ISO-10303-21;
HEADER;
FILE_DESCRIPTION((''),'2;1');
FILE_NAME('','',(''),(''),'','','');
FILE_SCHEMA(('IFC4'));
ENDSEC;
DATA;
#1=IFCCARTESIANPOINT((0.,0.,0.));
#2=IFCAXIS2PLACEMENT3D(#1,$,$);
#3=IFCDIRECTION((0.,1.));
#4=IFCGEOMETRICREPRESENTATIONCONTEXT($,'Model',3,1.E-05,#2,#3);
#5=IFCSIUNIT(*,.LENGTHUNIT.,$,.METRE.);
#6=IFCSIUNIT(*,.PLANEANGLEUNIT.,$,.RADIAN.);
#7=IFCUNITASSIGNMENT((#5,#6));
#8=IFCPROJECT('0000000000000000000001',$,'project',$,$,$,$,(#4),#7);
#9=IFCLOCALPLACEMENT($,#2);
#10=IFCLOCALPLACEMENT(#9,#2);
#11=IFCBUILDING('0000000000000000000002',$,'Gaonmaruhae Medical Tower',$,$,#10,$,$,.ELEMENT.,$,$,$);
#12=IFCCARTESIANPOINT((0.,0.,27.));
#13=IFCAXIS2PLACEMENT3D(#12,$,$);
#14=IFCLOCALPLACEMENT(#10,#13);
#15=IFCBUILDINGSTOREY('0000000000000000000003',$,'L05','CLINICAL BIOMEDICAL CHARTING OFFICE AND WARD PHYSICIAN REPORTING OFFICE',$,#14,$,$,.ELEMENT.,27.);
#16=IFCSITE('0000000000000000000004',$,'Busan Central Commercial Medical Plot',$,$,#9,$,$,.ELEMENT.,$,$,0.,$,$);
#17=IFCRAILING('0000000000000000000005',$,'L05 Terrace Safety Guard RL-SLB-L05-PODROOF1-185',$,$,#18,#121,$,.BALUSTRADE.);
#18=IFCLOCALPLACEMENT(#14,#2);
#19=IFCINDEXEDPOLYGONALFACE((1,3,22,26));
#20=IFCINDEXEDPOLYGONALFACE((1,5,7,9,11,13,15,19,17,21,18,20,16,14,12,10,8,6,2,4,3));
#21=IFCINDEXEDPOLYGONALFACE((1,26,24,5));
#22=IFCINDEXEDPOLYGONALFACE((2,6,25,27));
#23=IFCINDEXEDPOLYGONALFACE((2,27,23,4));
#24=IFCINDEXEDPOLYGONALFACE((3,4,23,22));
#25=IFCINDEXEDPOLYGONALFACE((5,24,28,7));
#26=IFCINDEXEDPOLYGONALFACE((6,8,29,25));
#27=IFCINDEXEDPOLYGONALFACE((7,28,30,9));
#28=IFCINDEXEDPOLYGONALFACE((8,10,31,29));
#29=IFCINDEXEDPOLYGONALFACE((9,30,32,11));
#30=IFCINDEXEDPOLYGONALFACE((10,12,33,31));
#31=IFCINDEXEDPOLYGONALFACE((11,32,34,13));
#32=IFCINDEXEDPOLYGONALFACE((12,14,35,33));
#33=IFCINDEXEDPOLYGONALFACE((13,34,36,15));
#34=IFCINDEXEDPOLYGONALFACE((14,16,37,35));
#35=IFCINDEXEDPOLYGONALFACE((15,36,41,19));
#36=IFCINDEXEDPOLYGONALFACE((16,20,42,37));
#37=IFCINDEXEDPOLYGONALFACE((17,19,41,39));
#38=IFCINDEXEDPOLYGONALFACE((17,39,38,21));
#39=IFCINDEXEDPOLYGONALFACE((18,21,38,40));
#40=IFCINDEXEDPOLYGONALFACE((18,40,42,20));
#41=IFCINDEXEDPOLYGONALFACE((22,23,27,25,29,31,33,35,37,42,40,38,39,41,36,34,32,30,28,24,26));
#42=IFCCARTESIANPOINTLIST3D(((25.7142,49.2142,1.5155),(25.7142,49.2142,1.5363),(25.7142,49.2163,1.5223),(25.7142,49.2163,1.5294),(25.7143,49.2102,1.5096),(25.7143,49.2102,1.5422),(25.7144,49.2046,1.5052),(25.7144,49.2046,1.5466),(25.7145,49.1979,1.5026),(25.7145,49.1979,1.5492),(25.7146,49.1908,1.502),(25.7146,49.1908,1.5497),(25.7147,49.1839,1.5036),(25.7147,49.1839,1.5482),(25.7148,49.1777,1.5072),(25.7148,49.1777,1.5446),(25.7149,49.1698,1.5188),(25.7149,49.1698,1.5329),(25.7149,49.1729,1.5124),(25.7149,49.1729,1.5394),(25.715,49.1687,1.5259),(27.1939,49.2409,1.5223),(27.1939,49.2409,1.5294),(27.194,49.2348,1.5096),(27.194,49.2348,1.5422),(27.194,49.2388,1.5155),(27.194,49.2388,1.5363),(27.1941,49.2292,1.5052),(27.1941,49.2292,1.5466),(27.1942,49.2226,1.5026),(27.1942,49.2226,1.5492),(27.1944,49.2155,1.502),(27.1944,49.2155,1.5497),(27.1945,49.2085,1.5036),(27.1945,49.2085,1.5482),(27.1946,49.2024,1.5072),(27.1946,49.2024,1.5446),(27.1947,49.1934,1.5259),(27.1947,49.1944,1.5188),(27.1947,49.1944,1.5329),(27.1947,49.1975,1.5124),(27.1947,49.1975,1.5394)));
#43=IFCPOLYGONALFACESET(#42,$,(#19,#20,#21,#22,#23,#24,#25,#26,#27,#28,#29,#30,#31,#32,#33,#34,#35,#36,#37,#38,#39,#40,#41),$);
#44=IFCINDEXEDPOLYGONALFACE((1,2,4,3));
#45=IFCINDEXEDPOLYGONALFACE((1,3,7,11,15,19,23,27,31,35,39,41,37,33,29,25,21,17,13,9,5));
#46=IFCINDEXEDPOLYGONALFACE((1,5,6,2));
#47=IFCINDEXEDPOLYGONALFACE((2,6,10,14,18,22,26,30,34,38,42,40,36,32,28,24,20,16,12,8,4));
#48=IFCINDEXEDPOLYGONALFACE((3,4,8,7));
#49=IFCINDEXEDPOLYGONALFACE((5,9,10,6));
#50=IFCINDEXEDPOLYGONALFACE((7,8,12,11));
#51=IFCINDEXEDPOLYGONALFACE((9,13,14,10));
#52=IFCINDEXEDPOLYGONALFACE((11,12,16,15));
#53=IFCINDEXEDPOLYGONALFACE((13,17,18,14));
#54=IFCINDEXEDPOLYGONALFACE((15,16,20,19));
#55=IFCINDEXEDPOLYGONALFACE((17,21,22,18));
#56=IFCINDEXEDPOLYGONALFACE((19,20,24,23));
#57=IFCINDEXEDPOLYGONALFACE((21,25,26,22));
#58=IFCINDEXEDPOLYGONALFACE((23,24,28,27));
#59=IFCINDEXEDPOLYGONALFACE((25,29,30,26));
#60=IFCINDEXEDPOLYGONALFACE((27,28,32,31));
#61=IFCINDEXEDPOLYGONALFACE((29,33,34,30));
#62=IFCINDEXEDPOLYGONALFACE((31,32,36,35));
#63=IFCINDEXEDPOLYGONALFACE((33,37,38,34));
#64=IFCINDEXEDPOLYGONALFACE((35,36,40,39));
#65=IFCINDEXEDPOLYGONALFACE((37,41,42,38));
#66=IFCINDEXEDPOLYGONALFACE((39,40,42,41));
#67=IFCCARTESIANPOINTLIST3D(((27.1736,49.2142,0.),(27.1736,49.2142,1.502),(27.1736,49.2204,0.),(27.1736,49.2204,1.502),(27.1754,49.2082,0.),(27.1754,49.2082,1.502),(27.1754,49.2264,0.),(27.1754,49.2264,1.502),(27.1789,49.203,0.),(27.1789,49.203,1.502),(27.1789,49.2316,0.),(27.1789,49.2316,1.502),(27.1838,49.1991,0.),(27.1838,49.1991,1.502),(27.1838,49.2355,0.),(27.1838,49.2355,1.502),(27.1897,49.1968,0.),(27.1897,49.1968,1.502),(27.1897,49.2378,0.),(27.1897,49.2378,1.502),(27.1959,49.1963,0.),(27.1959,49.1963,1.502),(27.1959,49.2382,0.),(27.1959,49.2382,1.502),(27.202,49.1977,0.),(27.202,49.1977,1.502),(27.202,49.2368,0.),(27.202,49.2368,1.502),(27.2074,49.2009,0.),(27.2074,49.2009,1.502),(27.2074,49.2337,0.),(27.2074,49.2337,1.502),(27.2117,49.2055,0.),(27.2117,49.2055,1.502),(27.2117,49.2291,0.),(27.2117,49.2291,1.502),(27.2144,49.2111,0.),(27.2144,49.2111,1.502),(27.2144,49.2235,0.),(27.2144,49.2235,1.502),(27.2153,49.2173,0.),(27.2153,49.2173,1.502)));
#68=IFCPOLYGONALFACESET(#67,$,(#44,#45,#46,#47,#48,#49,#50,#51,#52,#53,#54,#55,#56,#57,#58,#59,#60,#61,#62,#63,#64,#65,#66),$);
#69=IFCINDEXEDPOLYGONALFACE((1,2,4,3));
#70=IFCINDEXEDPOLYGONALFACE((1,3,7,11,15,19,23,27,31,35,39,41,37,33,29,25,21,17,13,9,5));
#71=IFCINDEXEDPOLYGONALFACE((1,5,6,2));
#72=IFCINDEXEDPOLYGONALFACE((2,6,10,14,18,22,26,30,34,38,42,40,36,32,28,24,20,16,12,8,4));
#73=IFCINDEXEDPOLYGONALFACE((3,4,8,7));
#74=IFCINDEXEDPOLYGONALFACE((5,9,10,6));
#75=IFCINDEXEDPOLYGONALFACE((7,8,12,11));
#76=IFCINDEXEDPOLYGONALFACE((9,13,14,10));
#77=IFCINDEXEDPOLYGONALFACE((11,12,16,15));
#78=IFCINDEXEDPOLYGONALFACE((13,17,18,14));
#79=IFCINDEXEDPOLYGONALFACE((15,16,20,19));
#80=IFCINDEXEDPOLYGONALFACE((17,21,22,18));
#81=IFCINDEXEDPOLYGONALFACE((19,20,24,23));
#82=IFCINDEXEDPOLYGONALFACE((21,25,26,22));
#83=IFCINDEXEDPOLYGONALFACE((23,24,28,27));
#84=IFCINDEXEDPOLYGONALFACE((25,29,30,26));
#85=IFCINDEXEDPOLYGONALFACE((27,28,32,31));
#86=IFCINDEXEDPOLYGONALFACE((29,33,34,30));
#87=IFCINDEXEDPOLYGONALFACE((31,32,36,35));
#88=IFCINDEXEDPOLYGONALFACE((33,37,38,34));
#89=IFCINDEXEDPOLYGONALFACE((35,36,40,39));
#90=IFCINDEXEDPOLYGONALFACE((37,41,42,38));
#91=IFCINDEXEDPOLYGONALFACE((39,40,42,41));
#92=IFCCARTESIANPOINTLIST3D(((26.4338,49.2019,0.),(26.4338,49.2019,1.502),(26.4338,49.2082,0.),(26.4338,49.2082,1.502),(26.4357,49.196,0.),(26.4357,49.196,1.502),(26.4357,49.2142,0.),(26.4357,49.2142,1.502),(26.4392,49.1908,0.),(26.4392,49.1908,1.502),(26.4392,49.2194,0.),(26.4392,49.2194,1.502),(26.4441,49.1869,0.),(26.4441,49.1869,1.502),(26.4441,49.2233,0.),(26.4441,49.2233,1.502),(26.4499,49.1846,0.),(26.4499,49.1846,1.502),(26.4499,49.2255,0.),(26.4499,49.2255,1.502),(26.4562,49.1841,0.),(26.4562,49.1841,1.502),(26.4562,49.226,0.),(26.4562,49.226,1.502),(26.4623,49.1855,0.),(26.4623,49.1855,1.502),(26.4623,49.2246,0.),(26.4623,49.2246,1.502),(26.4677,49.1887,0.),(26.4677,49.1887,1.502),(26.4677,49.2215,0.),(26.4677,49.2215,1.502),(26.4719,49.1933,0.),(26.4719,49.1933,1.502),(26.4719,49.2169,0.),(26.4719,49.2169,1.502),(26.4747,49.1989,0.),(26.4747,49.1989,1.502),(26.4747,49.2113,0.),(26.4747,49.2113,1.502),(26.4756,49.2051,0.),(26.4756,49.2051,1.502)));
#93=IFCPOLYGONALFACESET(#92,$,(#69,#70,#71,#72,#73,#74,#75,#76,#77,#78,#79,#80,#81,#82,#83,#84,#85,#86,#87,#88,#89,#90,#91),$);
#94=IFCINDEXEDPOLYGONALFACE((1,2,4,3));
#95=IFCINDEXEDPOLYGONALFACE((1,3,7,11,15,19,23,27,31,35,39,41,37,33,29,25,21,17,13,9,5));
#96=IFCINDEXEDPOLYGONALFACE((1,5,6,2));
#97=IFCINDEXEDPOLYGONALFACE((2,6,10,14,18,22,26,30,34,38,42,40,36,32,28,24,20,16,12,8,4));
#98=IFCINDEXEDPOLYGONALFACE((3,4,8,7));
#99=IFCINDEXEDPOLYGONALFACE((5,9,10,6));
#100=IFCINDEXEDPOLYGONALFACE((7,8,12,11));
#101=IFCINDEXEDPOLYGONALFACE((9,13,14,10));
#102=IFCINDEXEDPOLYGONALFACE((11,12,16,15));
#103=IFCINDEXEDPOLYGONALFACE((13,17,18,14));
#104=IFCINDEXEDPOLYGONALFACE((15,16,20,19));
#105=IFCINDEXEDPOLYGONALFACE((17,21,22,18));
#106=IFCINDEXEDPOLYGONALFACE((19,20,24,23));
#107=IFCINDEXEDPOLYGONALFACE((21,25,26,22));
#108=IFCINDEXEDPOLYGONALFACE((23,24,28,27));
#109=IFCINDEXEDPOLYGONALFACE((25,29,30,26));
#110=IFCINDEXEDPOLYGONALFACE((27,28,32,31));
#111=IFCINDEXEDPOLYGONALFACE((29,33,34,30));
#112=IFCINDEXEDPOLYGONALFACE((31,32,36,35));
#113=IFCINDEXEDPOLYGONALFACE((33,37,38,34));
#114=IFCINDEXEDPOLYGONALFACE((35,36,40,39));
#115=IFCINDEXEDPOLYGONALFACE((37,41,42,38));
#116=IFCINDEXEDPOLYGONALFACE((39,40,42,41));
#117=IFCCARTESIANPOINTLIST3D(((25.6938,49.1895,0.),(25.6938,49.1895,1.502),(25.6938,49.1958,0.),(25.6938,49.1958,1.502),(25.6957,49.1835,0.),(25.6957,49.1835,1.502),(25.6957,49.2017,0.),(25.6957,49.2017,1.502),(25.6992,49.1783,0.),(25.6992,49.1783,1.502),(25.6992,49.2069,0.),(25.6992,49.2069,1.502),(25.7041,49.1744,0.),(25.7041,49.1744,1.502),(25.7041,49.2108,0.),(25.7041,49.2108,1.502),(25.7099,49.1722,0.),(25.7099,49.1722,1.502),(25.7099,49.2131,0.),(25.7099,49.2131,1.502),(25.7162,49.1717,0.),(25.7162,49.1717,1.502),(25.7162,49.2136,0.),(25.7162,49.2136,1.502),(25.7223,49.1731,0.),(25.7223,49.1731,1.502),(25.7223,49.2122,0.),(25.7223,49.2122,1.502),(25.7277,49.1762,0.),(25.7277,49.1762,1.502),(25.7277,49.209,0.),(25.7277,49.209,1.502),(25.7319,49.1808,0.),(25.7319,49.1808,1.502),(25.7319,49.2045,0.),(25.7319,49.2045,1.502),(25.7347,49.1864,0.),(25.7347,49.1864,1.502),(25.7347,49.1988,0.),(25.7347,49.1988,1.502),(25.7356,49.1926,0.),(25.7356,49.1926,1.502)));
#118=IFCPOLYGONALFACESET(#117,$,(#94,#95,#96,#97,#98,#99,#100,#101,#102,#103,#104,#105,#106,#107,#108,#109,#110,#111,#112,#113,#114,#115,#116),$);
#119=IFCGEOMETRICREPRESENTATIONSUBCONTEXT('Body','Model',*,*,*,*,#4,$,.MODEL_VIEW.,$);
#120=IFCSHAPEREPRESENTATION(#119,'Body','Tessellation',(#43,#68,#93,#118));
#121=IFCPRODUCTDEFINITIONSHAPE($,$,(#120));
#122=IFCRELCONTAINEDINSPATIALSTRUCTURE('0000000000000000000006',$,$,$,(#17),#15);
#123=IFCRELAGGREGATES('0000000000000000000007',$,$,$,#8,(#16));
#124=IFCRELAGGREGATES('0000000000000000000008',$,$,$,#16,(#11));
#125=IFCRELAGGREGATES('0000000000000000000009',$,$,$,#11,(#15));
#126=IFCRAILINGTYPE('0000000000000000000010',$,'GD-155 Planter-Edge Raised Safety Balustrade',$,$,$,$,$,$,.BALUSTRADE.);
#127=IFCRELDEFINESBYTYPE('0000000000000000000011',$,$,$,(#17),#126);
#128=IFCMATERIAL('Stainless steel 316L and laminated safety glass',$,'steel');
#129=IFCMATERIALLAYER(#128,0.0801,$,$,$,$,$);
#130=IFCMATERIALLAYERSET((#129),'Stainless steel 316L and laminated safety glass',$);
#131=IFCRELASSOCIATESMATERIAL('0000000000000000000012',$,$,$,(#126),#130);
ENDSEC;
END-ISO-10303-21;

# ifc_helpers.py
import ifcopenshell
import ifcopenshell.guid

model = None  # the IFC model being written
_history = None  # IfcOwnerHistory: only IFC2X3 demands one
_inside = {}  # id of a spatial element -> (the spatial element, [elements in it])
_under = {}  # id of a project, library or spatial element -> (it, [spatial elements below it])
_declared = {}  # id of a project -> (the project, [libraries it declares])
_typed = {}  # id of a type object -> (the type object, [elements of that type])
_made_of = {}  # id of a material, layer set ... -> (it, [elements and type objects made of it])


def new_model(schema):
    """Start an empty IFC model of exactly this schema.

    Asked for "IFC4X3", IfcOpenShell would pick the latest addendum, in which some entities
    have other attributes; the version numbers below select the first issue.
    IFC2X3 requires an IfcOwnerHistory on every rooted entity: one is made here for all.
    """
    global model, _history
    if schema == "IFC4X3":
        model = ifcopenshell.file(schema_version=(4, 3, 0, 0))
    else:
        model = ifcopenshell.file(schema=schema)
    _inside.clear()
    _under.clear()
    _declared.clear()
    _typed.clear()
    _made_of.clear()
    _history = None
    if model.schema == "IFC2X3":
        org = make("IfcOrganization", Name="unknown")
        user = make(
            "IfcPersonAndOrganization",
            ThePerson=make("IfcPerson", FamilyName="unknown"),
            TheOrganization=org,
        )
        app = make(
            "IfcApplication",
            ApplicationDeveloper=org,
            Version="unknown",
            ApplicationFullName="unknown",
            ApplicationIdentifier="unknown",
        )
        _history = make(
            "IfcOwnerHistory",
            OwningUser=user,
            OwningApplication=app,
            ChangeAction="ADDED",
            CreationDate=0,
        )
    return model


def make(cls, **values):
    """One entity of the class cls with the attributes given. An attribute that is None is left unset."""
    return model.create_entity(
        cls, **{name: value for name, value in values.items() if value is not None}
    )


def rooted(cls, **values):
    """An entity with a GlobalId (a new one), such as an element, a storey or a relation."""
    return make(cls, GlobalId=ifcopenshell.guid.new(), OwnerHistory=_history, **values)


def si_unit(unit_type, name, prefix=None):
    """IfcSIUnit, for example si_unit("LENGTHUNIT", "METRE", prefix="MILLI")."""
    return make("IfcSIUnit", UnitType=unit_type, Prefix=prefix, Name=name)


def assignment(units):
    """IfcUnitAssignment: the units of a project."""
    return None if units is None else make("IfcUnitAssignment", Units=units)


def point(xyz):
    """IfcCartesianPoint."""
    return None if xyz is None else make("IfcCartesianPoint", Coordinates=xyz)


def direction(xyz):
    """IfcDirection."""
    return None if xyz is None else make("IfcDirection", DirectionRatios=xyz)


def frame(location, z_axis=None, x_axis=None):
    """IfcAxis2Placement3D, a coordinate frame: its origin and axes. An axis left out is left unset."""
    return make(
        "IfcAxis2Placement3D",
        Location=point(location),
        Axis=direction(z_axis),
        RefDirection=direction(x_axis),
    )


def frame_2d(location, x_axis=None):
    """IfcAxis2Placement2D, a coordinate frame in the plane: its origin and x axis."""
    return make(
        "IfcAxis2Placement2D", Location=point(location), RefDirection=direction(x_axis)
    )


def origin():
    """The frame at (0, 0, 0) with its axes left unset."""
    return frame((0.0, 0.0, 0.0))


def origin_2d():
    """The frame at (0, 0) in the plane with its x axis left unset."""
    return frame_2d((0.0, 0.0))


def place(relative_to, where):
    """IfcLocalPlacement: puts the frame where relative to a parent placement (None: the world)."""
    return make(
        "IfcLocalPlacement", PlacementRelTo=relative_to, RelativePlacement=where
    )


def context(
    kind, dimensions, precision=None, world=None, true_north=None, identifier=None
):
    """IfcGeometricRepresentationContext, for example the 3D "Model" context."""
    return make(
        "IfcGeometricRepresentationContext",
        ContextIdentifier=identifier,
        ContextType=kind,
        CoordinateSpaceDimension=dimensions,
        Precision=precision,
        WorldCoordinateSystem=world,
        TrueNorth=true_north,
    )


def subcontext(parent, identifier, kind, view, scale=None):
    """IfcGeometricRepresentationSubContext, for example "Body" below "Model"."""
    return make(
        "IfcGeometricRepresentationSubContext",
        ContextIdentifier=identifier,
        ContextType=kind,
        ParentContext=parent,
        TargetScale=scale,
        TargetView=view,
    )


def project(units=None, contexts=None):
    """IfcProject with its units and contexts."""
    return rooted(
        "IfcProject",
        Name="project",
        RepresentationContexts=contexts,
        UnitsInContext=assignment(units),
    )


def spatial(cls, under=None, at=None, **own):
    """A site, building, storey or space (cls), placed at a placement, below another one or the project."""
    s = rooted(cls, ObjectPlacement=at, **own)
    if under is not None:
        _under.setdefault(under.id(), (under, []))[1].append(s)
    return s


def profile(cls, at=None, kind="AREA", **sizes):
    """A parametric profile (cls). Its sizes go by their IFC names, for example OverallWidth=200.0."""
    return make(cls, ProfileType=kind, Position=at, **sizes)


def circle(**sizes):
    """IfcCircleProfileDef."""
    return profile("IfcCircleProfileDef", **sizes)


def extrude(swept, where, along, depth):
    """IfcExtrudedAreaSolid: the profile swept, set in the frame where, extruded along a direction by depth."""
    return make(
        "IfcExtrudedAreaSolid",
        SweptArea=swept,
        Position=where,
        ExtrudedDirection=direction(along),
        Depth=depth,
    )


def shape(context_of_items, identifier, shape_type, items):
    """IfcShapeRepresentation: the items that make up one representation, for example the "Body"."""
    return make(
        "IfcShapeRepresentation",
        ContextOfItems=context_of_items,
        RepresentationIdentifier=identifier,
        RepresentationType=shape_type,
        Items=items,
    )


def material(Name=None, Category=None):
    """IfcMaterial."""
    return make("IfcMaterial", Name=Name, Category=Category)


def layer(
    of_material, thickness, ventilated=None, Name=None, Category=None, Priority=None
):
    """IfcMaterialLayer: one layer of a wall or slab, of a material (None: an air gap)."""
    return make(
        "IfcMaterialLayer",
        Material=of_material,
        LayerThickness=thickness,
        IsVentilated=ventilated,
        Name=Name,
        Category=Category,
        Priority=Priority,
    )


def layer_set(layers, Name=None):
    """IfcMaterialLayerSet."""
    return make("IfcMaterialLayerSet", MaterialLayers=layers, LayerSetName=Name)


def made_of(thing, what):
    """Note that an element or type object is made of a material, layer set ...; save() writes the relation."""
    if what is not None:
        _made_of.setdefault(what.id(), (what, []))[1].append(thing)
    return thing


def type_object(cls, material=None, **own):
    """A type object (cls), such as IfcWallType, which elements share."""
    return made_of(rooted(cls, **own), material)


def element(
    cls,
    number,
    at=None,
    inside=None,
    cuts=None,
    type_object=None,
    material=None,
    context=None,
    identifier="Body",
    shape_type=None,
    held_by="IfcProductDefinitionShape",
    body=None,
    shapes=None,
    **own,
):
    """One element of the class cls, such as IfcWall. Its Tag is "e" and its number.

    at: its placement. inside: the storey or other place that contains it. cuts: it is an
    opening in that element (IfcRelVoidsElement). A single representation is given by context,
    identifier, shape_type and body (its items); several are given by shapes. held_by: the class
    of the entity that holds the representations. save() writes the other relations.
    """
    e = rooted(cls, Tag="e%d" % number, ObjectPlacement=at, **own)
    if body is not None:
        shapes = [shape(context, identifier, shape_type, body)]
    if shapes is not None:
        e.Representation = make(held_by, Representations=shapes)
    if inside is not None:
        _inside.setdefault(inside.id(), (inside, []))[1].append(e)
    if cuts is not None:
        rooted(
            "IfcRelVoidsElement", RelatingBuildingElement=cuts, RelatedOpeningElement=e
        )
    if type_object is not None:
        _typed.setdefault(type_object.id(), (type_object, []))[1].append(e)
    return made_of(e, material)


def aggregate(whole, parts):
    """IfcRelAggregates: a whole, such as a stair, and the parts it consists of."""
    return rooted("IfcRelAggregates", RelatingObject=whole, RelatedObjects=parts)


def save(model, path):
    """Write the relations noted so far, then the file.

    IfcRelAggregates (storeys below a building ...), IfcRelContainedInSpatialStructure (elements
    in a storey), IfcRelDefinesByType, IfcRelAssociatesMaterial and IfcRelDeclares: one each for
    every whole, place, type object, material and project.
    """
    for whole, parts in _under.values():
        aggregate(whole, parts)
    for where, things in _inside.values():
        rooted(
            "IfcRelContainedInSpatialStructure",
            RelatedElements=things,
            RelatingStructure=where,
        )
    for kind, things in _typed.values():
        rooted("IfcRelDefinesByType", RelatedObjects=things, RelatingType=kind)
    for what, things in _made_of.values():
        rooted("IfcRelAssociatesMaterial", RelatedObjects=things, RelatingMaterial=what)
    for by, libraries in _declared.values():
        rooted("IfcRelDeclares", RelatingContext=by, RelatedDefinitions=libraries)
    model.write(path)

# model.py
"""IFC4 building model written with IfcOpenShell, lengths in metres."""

from ifc_helpers import new_model, si_unit, direction, frame, origin, origin_2d, place, context, subcontext, project, spatial, circle, extrude, material, layer, layer_set, type_object, element, save


model = new_model("IFC4")

# Units and contexts
model_context = context("Model", 3, precision=1e-05, world=origin(), true_north=direction((0.0, 1.0)))
body_context = subcontext(model_context, "Body", "Model", "MODEL_VIEW")
ifc_project = project(units=[si_unit("LENGTHUNIT", "METRE"), si_unit("PLANEANGLEUNIT", "RADIAN")], contexts=[model_context])

# Site, building, storey
site_placement = place(None, origin())
site = spatial("IfcSite", under=ifc_project, at=site_placement, Name="Busan Central Commercial Medical Plot", CompositionType="ELEMENT", RefElevation=0.0)
building_placement = place(site_placement, origin())
building = spatial("IfcBuilding", under=site, at=building_placement, Name="Gaonmaruhae Medical Tower", CompositionType="ELEMENT")
storey_placement = place(building_placement, frame((0.0, 0.0, 27.0)))
storey = spatial("IfcBuildingStorey", under=building, at=storey_placement, Name="L05", Description="CLINICAL BIOMEDICAL CHARTING OFFICE AND WARD PHYSICIAN REPORTING OFFICE", CompositionType="ELEMENT", Elevation=27.0)

# Railing
ifc_material_1 = material(Name="Stainless steel 316L and laminated safety glass", Category="steel")
ifc_layer_1 = layer(ifc_material_1, 0.0801)
ifc_layer_set_1 = layer_set([ifc_layer_1], Name="Stainless steel 316L and laminated safety glass")
railing_type = type_object("IfcRailingType", Name="GD-155 Planter-Edge Raised Safety Balustrade", PredefinedType="BALUSTRADE", material=ifc_layer_set_1)
railing_1_placement = place(storey_placement, frame((27.1943, 49.2173, 0.0)))
element("IfcRailing", 1, at=railing_1_placement, inside=storey, type_object=railing_type, Name="L05 Terrace Safety Guard RL-SLB-L05-PODROOF1-185", PredefinedType="BALUSTRADE", context=body_context, shape_type="SweptSolid", body=[
    extrude(circle(Radius=0.0239, at=origin_2d()), frame((0.0, 0.0, 1.5259), z_axis=(-0.999861, -0.016662, 0.0), x_axis=(0.016662, -0.999861, 0.0)), (0.0, 0.0, 1.0), 1.48),
    extrude(circle(Radius=0.021, at=origin_2d()), origin(), (0.0, 0.0, 1.0), 1.502),
    extrude(circle(Radius=0.021, at=origin_2d()), frame((-0.7397, -0.0122, 0.0)), (0.0, 0.0, 1.0), 1.502),
    extrude(circle(Radius=0.021, at=origin_2d()), frame((-1.4797, -0.0247, 0.0)), (0.0, 0.0, 1.0), 1.502),
])

save(model, "model.ifc")
